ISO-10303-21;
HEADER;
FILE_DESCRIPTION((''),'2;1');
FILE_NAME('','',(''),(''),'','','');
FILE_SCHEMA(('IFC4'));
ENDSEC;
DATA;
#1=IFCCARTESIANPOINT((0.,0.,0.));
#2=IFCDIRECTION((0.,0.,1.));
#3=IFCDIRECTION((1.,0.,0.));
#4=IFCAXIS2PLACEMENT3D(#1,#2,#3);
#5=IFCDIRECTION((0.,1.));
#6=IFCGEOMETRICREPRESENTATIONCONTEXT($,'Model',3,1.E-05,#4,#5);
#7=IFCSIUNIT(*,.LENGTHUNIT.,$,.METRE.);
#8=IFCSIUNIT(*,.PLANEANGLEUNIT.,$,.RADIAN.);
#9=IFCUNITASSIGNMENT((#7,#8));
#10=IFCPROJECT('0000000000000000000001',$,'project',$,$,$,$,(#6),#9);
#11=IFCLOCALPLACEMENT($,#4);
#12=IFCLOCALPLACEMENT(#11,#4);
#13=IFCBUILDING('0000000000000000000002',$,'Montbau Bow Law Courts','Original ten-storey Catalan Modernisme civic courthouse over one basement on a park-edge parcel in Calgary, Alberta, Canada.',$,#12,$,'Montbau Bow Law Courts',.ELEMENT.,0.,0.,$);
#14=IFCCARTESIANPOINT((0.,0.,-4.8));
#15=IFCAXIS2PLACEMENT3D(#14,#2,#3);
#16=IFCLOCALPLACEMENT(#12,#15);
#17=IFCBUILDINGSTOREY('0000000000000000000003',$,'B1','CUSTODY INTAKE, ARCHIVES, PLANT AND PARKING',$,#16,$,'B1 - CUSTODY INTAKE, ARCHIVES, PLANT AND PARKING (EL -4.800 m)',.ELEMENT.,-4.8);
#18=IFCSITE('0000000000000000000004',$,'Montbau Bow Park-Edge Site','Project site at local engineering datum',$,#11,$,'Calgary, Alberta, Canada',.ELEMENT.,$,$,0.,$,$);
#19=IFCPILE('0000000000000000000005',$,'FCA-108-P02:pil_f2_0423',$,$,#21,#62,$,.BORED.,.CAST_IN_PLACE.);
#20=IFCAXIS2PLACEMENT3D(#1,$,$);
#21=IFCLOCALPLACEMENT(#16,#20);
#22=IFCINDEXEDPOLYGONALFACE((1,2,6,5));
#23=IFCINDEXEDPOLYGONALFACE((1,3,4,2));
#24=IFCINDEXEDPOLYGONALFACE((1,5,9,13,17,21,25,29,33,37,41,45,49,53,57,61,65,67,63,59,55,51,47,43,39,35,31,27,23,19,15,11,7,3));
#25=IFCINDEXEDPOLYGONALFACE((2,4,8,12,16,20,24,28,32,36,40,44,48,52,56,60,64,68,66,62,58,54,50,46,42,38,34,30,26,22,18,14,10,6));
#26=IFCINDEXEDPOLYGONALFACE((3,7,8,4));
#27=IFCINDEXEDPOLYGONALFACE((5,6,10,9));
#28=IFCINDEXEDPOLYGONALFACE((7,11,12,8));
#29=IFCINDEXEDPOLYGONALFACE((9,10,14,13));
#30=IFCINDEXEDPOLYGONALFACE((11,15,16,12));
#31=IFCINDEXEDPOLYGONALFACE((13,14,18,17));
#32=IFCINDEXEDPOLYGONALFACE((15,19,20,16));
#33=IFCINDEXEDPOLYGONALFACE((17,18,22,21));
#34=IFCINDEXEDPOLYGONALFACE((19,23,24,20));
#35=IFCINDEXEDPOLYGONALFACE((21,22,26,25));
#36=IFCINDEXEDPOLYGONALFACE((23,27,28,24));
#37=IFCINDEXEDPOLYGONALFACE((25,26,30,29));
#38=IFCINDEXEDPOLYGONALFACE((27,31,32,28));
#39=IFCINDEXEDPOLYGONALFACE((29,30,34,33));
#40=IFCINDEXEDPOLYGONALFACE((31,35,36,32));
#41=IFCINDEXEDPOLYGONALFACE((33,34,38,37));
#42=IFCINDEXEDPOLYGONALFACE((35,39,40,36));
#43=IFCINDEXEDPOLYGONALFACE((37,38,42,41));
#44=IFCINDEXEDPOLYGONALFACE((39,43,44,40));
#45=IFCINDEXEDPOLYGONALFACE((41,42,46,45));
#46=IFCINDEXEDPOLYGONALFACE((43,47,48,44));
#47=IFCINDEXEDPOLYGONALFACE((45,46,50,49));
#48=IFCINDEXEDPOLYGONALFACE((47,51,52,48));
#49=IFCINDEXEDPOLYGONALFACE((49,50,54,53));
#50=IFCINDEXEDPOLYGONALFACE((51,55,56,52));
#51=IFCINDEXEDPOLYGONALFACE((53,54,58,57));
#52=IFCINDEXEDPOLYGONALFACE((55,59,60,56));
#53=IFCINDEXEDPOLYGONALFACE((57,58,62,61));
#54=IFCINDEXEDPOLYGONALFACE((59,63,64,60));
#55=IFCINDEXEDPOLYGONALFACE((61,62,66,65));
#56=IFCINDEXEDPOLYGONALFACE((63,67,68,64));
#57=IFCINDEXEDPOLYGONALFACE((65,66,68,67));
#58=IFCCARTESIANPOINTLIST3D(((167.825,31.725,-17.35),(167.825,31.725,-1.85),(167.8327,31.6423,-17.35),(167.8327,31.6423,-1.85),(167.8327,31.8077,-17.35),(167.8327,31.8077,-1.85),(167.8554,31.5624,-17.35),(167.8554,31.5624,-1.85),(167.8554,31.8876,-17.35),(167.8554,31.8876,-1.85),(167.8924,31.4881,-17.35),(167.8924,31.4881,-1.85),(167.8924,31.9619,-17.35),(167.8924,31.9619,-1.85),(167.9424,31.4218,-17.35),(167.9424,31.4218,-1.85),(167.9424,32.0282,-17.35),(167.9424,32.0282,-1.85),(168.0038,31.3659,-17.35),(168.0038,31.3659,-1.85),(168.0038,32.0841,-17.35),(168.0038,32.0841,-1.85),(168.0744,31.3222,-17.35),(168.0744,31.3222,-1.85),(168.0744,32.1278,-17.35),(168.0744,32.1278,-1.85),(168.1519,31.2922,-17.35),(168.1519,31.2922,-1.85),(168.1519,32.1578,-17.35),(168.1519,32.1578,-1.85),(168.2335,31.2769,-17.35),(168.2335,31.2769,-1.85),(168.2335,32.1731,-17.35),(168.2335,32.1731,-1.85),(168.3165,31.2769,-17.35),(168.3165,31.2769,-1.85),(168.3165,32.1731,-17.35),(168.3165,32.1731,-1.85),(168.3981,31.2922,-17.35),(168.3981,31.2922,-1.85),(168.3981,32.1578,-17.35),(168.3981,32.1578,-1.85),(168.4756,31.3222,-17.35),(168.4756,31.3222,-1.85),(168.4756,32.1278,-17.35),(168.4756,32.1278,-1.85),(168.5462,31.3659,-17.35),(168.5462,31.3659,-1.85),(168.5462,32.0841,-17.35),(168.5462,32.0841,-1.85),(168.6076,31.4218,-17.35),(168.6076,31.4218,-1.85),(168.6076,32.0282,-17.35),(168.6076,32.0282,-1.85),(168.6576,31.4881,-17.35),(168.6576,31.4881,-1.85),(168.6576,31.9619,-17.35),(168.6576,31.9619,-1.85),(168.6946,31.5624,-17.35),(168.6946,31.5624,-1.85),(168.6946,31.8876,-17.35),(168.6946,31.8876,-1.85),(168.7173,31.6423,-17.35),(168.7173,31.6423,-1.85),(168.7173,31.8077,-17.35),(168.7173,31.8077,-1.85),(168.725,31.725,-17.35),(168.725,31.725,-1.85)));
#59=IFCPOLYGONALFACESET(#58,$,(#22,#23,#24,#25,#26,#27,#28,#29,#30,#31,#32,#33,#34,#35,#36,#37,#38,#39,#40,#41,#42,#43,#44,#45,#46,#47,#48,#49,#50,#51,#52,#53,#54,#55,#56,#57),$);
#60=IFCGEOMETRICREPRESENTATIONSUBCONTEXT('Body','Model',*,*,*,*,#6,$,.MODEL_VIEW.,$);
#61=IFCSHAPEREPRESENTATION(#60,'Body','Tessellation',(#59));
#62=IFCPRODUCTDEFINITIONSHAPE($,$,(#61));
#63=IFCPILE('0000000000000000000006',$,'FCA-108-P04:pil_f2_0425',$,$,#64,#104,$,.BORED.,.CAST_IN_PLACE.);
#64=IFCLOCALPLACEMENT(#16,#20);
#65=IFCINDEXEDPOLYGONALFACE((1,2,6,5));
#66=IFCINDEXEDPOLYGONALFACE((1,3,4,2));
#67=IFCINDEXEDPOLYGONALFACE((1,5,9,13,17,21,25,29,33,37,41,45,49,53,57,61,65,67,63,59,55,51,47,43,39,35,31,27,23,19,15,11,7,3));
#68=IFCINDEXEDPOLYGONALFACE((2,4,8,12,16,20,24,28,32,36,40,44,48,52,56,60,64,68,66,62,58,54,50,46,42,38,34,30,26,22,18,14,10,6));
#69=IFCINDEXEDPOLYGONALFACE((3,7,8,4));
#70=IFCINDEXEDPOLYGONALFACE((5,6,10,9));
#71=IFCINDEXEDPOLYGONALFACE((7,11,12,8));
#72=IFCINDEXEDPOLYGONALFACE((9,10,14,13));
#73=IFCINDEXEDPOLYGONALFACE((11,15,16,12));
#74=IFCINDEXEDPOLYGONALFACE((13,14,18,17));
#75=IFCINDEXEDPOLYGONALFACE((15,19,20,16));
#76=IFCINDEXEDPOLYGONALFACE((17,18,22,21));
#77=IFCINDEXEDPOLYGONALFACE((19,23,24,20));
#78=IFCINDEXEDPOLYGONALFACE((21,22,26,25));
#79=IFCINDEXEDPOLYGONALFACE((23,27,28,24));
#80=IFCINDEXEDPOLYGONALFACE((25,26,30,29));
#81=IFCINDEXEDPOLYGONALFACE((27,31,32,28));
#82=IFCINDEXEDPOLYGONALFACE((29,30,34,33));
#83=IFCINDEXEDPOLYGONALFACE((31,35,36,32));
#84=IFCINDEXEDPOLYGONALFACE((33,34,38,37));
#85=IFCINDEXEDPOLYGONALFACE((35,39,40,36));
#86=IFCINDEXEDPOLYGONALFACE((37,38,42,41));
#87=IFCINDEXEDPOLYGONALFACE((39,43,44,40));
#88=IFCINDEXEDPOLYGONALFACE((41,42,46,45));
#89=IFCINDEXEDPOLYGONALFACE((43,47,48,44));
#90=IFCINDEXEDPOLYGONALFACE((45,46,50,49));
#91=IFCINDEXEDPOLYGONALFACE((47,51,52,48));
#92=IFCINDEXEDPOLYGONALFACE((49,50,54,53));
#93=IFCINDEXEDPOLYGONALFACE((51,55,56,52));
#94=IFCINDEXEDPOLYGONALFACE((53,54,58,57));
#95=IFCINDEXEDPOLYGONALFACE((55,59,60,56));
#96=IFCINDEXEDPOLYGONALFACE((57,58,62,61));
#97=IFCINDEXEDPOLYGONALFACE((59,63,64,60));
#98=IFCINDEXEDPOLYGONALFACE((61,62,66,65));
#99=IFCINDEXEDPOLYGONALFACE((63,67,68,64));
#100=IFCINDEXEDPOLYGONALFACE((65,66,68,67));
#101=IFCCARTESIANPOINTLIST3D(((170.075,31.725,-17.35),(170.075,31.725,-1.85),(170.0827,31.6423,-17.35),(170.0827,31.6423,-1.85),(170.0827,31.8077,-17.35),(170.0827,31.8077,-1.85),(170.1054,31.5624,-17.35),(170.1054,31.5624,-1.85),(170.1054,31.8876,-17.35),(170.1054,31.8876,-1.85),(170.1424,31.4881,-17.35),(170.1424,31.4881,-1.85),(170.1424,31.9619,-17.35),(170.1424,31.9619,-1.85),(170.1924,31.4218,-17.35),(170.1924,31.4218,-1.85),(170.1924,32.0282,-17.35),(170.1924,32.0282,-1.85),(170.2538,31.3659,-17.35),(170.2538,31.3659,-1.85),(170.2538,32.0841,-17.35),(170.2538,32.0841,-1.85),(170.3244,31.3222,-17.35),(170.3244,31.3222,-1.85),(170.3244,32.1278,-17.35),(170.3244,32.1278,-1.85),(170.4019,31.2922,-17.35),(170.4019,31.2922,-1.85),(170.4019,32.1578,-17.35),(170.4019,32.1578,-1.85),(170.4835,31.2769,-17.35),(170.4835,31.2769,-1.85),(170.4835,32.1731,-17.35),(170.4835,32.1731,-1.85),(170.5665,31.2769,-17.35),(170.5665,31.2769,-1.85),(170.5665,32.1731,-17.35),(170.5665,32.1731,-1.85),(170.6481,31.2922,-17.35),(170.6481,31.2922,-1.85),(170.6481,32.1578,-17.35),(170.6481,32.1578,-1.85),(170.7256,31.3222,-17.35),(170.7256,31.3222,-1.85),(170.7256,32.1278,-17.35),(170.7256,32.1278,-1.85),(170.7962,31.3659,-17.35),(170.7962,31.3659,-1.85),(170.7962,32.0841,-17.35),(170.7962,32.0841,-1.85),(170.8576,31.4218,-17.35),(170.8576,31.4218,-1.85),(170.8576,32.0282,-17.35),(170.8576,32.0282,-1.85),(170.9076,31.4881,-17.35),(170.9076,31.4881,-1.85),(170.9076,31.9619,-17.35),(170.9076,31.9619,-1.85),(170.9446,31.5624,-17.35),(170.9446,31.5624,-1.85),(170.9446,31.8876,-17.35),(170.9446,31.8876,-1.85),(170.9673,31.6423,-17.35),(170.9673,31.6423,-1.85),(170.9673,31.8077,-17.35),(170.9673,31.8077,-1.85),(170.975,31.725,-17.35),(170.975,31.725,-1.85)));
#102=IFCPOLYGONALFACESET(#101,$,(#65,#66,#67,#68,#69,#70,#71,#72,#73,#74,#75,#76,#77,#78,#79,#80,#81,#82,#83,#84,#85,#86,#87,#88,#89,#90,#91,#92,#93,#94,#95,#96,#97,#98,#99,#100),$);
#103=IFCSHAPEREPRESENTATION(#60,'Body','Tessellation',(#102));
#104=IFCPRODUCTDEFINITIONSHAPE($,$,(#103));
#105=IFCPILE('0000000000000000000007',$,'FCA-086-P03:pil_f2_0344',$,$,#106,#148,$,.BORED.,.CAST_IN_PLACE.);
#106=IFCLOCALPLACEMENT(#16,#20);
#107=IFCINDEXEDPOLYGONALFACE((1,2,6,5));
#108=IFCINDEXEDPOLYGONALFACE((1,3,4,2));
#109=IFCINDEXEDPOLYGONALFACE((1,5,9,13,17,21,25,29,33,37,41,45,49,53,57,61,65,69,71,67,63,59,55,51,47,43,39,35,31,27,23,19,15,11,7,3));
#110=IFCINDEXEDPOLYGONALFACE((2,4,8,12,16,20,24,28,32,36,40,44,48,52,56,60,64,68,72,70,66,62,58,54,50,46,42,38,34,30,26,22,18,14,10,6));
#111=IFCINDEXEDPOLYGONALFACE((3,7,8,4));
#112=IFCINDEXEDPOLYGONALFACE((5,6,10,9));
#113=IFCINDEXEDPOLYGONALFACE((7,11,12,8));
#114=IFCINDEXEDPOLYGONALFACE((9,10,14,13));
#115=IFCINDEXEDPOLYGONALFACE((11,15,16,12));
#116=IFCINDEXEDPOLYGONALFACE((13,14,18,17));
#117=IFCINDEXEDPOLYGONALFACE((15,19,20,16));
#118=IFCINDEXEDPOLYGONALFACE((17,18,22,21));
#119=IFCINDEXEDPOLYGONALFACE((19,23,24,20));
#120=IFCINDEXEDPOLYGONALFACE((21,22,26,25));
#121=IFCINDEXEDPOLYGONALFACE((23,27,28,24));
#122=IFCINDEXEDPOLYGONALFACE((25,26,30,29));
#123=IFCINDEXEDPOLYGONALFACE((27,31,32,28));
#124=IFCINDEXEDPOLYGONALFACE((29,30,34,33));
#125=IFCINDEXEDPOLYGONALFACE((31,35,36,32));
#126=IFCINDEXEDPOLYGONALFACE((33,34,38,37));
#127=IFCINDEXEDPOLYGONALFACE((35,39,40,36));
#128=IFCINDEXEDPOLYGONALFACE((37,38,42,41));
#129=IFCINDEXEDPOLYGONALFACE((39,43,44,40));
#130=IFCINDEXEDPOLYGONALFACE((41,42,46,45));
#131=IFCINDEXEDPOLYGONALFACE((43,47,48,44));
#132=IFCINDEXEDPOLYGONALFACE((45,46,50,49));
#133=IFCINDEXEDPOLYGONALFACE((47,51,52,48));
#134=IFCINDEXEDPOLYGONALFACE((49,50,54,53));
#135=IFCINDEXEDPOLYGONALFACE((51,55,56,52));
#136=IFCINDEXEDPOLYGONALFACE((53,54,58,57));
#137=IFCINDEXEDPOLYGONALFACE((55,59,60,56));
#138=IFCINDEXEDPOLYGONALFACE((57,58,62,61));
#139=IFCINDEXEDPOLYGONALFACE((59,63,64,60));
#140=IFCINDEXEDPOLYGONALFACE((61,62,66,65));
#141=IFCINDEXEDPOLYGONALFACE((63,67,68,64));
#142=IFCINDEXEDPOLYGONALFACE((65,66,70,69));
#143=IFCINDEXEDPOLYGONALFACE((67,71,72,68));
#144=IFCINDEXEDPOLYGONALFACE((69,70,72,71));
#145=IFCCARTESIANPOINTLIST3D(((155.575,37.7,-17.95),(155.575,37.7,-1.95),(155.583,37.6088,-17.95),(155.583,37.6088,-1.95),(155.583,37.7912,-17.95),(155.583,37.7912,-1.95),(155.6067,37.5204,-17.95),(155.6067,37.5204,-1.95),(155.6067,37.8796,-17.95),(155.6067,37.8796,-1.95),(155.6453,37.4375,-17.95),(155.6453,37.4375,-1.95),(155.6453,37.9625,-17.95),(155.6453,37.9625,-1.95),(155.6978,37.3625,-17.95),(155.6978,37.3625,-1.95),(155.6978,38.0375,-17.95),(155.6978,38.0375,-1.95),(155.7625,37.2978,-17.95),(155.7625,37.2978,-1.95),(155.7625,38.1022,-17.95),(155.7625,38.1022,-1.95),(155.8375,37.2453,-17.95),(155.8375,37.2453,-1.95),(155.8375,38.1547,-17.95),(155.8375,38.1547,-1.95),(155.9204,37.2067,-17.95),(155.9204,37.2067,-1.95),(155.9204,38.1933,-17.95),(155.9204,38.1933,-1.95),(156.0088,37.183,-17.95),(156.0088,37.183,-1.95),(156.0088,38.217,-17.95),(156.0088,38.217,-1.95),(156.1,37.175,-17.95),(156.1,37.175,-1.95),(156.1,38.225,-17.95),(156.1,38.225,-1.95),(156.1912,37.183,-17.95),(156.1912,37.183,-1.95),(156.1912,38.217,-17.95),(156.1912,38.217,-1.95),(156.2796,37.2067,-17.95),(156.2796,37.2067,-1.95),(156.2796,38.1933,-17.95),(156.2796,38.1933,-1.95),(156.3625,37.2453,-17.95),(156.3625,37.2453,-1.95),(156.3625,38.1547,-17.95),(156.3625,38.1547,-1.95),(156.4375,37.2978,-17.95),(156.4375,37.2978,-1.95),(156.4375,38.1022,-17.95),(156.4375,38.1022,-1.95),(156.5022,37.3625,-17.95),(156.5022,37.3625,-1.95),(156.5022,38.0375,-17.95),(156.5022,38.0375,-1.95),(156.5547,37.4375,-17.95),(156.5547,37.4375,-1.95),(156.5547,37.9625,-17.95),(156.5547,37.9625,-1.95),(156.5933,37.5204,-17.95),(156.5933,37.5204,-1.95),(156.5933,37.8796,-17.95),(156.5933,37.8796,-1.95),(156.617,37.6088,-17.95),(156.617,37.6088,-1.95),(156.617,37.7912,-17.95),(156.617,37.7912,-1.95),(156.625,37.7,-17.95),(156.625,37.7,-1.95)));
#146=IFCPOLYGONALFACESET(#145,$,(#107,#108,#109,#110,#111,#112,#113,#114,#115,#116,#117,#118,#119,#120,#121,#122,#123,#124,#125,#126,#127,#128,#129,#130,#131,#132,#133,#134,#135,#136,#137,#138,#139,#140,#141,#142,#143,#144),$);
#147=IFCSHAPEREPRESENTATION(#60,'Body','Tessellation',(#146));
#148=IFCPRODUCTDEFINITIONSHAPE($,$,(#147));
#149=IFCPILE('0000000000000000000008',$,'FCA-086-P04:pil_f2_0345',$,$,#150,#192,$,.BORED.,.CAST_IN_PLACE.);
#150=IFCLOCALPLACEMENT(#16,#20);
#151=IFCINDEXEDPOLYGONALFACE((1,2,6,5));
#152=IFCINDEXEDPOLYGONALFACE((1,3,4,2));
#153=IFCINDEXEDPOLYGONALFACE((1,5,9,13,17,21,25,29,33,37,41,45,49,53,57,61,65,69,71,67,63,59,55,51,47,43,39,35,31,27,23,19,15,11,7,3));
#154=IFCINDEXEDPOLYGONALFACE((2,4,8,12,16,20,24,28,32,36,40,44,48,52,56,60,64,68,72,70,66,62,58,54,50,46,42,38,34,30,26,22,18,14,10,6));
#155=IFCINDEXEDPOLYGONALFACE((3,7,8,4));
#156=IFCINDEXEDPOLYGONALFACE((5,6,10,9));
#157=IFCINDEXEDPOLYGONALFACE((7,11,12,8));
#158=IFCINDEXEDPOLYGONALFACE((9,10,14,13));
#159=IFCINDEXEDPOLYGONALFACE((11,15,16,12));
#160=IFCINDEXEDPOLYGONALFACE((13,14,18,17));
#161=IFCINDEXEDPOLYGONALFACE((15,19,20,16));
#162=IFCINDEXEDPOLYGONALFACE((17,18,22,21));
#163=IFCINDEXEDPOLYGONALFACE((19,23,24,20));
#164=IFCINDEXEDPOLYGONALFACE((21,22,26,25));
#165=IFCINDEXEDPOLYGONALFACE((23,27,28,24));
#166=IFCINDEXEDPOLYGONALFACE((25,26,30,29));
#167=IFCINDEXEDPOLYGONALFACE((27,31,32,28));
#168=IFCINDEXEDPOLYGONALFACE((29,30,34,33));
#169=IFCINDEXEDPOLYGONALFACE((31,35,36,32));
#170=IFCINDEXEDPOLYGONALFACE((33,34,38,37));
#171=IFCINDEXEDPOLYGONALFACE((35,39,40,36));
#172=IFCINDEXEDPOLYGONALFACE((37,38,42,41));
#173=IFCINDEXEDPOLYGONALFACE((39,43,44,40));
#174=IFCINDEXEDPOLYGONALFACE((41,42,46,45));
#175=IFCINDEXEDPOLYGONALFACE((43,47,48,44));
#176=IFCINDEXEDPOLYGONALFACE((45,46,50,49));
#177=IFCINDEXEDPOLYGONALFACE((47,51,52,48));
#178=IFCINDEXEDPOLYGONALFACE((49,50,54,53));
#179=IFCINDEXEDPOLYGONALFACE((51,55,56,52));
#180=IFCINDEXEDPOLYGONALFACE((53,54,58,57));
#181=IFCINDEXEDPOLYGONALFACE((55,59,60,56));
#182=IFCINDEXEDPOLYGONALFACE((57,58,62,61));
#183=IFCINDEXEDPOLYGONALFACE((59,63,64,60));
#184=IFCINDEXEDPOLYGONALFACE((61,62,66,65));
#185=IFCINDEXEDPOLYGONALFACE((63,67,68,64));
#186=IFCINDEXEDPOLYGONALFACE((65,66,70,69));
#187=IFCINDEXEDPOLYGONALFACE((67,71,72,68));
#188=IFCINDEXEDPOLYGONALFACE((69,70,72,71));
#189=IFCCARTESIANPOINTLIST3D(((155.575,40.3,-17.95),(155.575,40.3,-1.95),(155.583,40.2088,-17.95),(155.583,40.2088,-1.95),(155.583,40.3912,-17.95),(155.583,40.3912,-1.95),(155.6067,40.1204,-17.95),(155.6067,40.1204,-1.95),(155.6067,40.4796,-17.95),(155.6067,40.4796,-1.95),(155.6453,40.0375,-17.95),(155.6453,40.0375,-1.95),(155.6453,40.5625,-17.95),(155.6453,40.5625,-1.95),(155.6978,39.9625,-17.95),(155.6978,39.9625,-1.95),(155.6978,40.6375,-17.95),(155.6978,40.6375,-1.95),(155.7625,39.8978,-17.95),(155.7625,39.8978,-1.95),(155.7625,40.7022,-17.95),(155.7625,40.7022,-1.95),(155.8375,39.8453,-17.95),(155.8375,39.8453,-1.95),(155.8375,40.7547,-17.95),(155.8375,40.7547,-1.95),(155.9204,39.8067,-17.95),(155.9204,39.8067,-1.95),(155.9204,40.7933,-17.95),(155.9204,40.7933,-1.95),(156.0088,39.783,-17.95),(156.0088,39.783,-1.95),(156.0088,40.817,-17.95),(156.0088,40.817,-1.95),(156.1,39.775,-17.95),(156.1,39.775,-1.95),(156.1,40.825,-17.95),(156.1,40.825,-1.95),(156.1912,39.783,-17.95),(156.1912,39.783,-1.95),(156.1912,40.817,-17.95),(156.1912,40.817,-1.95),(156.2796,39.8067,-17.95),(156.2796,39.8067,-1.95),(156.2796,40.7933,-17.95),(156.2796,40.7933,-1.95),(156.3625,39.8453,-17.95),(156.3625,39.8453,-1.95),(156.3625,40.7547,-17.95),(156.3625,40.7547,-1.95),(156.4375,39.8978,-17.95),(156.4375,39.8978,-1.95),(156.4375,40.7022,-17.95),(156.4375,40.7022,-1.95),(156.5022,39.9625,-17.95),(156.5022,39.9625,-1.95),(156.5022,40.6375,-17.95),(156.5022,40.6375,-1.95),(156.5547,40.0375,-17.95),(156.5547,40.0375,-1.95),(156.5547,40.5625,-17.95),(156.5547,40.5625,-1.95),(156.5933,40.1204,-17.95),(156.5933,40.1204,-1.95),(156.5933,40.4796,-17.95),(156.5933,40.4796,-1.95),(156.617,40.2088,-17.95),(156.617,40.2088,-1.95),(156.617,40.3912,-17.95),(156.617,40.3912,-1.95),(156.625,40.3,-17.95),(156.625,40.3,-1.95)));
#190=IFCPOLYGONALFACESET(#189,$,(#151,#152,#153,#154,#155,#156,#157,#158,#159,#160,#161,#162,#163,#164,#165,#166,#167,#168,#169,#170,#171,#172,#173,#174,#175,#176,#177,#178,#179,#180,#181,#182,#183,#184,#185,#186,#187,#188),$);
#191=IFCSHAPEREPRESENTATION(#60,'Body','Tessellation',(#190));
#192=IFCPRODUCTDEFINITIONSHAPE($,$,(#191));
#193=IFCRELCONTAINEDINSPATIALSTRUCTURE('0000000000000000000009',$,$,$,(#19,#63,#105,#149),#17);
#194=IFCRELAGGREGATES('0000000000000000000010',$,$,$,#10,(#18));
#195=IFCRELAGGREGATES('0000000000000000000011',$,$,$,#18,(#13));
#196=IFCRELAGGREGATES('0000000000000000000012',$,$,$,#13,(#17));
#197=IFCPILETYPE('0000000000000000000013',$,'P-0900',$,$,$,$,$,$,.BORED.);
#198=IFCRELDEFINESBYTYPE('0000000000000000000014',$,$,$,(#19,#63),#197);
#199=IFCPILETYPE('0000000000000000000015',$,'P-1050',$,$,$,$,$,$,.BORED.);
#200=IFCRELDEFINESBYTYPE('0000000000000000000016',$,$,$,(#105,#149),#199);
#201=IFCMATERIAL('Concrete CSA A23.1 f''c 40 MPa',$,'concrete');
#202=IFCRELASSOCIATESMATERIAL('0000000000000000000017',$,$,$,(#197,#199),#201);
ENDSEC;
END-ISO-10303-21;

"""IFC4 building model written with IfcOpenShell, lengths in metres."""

from ifc_helpers import new_model, si_unit, direction, frame, origin_with_axes, origin_2d_with_axis, place, context, subcontext, project, spatial, circle, extrude, material, material_profile, profile_set, type_object, element, save


model = new_model("IFC4")

# Units and contexts
model_context = context("Model", 3, precision=1e-05, world=origin_with_axes(), true_north=direction((0.0, 1.0)))
body_context = subcontext(model_context, "Body", "Model", "MODEL_VIEW")
ifc_project = project(units=[si_unit("LENGTHUNIT", "METRE"), si_unit("PLANEANGLEUNIT", "RADIAN")], contexts=[model_context])

# Site, building, storey
site_placement = place(None, origin_with_axes())
site = spatial("IfcSite", under=ifc_project, at=site_placement, Name="Montbau Bow Park-Edge Site", Description="Project site at local engineering datum", LongName="Calgary, Alberta, Canada", CompositionType="ELEMENT", RefElevation=0.0)
building_placement = place(site_placement, origin_with_axes())
building = spatial("IfcBuilding", under=site, at=building_placement, Name="Montbau Bow Law Courts", Description="Original ten-storey Catalan Modernisme civic courthouse over one basement on a park-edge parcel in Calgary, Alberta, Canada.", LongName="Montbau Bow Law Courts", CompositionType="ELEMENT", ElevationOfRefHeight=0.0, ElevationOfTerrain=0.0)
storey_placement = place(building_placement, frame((0.0, 0.0, -4.8), z_axis=(0.0, 0.0, 1.0), x_axis=(1.0, 0.0, 0.0)))
storey = spatial("IfcBuildingStorey", under=building, at=storey_placement, Name="B1", Description="CUSTODY INTAKE, ARCHIVES, PLANT AND PARKING", LongName="B1 - CUSTODY INTAKE, ARCHIVES, PLANT AND PARKING (EL -4.800 m)", CompositionType="ELEMENT", Elevation=-4.8)

# Piles
ifc_material_1 = material(Name="Concrete CSA A23.1 f'c 40 MPa", Category="concrete")
ifc_material_profile_1 = material_profile(ifc_material_1, circle(Radius=0.45, at=origin_2d_with_axis()), Name="BP900", Category="Main", Priority=0)
ifc_profile_set_1 = profile_set([ifc_material_profile_1], Name="Concrete CSA A23.1 f'c 40 MPa")
pile_type_1 = type_object("IfcPileType", Name="P-0900", PredefinedType="BORED", material=ifc_profile_set_1)
for number, where, z_axis, x_axis, name in (
    (1, (168.275, 31.725, -22.15), (0.0, 0.0, 1.0), (1.0, 0.0, 0.0), "FCA-108-P02:pil_f2_0423"),
    (2, (170.525, 31.725, -22.15), (0.0, 0.0, 1.0), (1.0, 0.0, 0.0), "FCA-108-P04:pil_f2_0425"),
):
    element("IfcPile", number, at=place(None, frame(where, z_axis=z_axis, x_axis=x_axis)), inside=storey, type_object=pile_type_1, Name=name, ConstructionType="CAST_IN_PLACE", PredefinedType="BORED", context=body_context, shape_type="SweptSolid", body=[
        extrude(circle(Radius=0.45, at=origin_2d_with_axis()), origin_with_axes(), (0.0, 0.0, 1.0), 15.5),
    ])
ifc_material_profile_2 = material_profile(ifc_material_1, circle(Radius=0.525, at=origin_2d_with_axis()), Name="BP1050", Category="Main", Priority=0)
ifc_profile_set_2 = profile_set([ifc_material_profile_2], Name="Concrete CSA A23.1 f'c 40 MPa")
pile_type_2 = type_object("IfcPileType", Name="P-1050", PredefinedType="BORED", material=ifc_profile_set_2)
for number, where, z_axis, x_axis, name in (
    (3, (156.1, 37.7, -22.75), (0.0, 0.0, 1.0), (1.0, 0.0, 0.0), "FCA-086-P03:pil_f2_0344"),
    (4, (156.1, 40.3, -22.75), (0.0, 0.0, 1.0), (1.0, 0.0, 0.0), "FCA-086-P04:pil_f2_0345"),
):
    element("IfcPile", number, at=place(None, frame(where, z_axis=z_axis, x_axis=x_axis)), inside=storey, type_object=pile_type_2, Name=name, ConstructionType="CAST_IN_PLACE", PredefinedType="BORED", context=body_context, shape_type="SweptSolid", body=[
        extrude(circle(Radius=0.525, at=origin_2d_with_axis()), origin_with_axes(), (0.0, 0.0, 1.0), 16.0),
    ])

save(model, "model.ifc")
